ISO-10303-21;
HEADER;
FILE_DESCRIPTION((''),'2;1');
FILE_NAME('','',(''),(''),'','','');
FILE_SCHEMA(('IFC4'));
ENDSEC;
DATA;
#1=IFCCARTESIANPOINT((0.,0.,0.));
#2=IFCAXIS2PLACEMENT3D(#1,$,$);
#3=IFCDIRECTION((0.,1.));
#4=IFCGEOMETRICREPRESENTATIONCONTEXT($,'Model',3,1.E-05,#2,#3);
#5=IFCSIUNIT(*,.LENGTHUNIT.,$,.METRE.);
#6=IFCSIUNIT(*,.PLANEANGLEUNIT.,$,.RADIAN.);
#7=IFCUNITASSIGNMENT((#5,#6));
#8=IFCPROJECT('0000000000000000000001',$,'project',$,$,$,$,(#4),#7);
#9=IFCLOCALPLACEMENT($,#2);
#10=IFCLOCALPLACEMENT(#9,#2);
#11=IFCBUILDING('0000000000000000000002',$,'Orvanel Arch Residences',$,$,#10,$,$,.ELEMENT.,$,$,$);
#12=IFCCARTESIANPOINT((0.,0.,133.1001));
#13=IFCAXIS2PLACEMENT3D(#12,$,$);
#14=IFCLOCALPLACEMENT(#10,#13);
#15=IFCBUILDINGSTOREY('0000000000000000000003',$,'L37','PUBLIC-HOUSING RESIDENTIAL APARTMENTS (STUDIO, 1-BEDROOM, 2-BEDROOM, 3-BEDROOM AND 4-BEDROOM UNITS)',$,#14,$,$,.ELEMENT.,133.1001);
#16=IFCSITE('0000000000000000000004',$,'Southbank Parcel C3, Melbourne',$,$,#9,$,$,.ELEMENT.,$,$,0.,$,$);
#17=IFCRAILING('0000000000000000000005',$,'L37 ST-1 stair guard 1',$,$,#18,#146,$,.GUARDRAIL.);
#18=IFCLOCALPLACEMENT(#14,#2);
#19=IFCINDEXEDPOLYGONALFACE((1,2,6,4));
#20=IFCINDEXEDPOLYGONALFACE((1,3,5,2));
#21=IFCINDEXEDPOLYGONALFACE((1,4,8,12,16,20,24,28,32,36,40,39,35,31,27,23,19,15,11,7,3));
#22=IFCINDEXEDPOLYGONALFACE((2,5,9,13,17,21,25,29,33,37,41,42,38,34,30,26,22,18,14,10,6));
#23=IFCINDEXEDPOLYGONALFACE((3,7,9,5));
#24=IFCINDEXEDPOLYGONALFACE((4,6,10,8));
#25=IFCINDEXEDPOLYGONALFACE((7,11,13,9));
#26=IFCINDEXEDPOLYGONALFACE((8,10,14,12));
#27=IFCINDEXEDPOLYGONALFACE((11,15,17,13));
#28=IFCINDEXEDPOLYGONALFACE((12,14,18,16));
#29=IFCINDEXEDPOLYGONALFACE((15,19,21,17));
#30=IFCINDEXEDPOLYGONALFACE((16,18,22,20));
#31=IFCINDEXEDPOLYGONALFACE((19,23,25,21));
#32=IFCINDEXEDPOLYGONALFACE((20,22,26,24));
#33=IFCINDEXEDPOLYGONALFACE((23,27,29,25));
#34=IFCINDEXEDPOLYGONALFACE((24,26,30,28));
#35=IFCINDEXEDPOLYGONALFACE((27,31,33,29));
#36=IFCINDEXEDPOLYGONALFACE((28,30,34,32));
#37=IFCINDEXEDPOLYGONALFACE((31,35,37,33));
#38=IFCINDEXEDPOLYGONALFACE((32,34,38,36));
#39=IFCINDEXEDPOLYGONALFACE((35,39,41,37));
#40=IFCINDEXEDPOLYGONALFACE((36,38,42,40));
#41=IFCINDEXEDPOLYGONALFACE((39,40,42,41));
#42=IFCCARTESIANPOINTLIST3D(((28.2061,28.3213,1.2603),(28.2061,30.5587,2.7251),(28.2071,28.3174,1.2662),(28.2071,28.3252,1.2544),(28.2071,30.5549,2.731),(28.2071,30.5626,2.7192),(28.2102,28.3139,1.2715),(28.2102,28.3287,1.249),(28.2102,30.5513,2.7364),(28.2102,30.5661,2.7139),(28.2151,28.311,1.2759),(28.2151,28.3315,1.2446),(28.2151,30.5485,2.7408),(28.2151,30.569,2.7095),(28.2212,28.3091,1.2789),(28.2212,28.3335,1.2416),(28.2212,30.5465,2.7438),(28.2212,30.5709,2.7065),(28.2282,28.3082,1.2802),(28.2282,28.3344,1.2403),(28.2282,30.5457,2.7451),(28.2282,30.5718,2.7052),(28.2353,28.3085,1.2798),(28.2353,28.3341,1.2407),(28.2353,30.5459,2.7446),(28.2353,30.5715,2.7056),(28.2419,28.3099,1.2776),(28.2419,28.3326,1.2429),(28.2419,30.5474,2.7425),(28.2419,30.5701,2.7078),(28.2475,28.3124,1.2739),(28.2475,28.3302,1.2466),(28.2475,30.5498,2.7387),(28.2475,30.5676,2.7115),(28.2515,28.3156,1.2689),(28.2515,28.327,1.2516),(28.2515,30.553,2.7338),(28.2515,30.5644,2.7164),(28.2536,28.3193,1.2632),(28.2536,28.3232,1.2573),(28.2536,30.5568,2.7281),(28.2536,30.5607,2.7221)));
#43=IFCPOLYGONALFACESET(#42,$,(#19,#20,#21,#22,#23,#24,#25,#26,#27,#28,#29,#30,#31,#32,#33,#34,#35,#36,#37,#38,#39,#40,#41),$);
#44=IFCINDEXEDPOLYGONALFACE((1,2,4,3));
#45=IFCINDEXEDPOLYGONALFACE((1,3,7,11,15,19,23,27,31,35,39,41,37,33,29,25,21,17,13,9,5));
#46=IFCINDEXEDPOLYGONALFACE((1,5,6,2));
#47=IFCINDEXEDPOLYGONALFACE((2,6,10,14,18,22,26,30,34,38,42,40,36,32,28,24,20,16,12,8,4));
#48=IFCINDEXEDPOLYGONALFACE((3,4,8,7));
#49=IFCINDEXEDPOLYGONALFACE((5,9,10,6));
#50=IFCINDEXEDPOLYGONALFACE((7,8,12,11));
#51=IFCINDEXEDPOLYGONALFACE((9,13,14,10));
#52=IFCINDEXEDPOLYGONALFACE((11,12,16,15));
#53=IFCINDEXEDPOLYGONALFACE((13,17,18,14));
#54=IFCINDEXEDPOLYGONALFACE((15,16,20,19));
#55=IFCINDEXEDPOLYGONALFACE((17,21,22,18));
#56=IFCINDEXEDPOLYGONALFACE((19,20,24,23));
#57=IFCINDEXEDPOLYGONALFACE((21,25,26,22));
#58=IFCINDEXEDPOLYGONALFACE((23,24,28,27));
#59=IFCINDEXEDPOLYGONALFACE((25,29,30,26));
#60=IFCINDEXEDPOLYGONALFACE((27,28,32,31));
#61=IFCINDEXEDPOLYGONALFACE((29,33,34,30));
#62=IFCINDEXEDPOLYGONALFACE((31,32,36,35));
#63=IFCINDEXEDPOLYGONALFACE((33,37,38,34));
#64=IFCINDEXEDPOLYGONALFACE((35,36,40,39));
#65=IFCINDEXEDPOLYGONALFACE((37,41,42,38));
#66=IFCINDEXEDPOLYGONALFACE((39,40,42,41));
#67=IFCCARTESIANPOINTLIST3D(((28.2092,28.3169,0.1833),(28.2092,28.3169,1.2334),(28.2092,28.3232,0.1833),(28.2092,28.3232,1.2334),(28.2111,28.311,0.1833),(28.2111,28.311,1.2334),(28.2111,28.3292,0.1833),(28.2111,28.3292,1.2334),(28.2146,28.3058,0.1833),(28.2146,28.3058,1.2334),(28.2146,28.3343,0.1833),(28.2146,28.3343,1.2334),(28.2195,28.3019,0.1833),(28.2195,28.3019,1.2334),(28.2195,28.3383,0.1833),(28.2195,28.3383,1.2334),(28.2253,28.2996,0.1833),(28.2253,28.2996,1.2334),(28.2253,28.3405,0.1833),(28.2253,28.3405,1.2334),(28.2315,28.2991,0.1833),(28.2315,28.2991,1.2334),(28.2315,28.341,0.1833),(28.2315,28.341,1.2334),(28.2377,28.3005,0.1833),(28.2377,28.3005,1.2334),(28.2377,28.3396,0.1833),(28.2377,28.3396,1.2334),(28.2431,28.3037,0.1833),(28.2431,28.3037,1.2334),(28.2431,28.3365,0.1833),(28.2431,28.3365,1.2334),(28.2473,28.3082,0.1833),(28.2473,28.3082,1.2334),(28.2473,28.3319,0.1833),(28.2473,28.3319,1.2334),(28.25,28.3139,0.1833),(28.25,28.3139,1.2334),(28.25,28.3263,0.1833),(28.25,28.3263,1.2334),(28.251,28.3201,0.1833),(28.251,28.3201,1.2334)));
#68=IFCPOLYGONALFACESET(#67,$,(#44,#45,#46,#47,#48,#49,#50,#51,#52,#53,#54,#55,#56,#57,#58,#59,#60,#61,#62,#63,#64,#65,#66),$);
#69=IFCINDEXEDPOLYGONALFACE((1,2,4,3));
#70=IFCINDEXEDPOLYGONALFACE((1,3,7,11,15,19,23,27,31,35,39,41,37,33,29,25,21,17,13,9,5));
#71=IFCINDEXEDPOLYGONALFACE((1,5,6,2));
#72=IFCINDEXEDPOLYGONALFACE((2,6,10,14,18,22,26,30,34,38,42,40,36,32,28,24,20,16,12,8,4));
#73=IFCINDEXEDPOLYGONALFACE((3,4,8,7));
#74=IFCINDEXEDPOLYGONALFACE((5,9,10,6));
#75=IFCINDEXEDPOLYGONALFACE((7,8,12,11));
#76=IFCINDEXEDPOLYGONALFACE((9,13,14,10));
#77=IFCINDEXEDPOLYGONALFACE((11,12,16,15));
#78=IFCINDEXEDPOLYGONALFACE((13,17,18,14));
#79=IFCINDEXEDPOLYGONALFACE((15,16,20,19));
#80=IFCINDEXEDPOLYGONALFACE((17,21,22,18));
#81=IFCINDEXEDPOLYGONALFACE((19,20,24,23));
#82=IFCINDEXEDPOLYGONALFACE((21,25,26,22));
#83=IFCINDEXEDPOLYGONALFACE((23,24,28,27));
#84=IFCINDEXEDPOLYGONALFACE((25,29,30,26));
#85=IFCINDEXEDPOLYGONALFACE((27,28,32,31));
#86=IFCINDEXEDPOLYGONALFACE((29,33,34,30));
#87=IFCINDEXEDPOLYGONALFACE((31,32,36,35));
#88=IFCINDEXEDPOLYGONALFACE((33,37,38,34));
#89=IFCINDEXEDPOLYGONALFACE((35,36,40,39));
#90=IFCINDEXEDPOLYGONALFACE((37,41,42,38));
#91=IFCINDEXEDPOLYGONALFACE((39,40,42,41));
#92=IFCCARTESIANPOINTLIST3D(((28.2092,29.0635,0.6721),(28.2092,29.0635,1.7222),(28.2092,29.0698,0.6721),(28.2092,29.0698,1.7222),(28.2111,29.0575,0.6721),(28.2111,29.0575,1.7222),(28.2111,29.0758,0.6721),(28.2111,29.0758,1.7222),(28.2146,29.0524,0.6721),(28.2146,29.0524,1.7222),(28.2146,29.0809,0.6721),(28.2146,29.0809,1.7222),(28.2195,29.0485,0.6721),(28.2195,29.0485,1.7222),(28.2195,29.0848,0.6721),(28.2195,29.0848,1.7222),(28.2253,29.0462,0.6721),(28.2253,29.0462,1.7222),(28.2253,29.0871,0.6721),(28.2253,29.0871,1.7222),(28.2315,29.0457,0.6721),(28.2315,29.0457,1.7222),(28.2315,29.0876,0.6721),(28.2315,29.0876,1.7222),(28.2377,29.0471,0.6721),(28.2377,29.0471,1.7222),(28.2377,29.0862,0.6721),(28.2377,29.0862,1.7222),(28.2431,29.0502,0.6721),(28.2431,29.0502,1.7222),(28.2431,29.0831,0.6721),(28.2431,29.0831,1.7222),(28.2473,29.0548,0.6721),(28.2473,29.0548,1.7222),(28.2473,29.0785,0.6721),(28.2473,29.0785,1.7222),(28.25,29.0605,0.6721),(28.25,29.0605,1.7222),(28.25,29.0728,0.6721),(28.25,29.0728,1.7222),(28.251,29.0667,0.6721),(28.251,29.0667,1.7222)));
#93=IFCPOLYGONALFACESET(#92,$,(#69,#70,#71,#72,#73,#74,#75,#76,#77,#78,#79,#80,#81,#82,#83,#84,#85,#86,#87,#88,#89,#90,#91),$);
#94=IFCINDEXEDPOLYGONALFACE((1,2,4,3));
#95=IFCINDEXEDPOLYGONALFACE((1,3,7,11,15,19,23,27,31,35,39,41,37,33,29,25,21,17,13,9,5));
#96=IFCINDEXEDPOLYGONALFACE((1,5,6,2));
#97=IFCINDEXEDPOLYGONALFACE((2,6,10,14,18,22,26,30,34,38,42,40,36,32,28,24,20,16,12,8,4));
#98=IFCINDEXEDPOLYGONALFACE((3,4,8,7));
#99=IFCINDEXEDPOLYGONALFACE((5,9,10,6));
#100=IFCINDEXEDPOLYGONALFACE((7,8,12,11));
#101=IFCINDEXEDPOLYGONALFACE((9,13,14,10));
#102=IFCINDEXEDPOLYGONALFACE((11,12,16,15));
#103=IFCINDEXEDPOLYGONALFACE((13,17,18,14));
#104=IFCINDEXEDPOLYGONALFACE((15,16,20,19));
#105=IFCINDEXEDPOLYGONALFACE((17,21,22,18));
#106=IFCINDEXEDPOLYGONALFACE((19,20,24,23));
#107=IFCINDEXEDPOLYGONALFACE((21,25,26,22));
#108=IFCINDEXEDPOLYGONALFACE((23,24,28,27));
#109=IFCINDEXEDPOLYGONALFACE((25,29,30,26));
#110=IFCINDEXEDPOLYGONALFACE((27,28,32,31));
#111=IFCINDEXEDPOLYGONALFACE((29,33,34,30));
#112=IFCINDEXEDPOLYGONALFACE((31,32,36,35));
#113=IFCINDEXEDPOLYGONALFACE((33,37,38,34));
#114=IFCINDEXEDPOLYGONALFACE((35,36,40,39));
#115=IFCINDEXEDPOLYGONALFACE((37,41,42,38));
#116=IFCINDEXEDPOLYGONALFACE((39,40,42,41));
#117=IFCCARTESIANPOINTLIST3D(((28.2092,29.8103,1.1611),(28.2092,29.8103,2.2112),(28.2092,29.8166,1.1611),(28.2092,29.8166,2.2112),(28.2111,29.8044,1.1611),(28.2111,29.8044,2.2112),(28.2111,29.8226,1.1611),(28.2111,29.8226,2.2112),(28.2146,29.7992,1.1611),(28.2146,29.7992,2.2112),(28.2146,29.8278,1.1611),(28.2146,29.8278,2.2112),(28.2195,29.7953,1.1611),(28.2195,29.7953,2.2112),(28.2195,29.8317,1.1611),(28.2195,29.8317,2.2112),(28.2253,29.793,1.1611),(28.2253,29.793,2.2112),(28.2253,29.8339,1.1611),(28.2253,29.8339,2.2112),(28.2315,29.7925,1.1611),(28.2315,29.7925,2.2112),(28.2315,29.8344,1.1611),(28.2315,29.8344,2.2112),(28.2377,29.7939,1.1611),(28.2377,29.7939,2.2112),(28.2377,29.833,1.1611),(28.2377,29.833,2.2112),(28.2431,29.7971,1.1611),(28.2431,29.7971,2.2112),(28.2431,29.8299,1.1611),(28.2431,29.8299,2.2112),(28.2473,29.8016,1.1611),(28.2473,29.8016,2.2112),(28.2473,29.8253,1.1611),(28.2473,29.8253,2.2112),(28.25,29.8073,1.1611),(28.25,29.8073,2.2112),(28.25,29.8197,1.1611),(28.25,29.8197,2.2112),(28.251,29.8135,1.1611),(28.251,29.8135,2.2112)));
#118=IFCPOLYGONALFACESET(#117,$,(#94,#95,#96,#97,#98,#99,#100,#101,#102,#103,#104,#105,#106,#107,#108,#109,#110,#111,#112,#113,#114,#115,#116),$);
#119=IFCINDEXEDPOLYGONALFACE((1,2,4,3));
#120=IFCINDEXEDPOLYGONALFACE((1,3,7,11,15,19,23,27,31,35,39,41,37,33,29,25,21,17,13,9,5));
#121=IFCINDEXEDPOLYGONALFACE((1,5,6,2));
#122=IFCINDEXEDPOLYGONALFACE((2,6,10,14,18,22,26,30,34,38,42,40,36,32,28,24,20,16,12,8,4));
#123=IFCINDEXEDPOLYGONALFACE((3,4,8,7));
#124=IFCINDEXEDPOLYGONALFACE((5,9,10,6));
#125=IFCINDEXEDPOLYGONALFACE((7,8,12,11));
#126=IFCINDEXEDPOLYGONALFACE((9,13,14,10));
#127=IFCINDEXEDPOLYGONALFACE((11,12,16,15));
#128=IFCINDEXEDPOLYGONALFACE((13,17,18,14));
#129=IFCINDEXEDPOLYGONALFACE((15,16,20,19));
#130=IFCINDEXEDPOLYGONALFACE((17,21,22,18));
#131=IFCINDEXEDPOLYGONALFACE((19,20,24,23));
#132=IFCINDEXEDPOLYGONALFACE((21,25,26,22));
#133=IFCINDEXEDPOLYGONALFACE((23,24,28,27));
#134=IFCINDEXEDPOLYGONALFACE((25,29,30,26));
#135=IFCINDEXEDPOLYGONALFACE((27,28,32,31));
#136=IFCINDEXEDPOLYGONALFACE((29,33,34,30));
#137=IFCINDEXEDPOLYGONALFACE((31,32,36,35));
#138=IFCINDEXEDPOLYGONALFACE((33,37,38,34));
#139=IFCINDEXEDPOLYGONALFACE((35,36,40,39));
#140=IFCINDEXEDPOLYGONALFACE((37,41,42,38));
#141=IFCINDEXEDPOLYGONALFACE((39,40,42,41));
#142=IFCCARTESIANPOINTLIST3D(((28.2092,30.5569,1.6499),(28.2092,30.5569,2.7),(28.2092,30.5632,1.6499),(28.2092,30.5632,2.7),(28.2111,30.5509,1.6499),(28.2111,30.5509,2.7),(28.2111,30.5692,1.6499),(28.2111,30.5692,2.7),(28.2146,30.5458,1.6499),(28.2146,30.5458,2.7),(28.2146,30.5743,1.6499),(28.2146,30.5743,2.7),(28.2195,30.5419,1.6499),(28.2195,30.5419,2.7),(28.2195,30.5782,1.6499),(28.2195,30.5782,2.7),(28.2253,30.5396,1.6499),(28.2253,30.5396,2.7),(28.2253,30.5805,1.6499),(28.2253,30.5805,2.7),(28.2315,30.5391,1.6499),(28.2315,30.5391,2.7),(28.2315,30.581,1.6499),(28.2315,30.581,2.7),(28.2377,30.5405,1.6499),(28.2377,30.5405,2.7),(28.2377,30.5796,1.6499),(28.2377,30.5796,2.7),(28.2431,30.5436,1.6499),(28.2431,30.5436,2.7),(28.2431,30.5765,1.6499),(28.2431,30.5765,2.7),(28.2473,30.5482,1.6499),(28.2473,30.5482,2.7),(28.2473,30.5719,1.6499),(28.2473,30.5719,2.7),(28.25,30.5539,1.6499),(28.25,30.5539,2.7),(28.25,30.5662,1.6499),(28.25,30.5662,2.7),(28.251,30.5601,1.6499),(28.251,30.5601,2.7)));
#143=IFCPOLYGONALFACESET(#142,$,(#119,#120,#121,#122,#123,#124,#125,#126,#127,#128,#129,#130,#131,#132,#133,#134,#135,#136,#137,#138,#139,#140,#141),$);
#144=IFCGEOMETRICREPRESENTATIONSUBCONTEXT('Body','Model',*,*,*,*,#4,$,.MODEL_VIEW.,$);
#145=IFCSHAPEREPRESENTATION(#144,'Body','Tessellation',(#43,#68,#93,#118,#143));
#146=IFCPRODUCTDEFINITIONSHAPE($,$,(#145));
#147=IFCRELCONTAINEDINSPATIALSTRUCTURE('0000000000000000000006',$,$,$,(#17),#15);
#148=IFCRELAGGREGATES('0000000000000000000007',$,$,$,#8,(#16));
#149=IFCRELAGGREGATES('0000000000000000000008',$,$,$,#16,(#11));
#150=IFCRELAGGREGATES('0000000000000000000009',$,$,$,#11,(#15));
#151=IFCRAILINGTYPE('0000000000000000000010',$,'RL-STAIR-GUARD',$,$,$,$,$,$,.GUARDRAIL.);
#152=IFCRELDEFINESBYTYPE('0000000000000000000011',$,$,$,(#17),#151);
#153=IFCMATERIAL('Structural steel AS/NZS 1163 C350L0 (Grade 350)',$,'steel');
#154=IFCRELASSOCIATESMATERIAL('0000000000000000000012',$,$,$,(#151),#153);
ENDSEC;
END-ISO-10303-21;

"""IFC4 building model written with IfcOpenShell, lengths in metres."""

from ifc_helpers import new_model, si_unit, direction, frame, origin, origin_2d, place, context, subcontext, project, spatial, circle, extrude, material, type_object, element, save


model = new_model("IFC4")

# Units and contexts
model_context = context("Model", 3, precision=1e-05, world=origin(), true_north=direction((0.0, 1.0)))
body_context = subcontext(model_context, "Body", "Model", "MODEL_VIEW")
ifc_project = project(units=[si_unit("LENGTHUNIT", "METRE"), si_unit("PLANEANGLEUNIT", "RADIAN")], contexts=[model_context])

# Site, building, storey
site_placement = place(None, origin())
site = spatial("IfcSite", under=ifc_project, at=site_placement, Name="Southbank Parcel C3, Melbourne", CompositionType="ELEMENT", RefElevation=0.0)
building_placement = place(site_placement, origin())
building = spatial("IfcBuilding", under=site, at=building_placement, Name="Orvanel Arch Residences", CompositionType="ELEMENT")
storey_placement = place(building_placement, frame((0.0, 0.0, 133.1001)))
storey = spatial("IfcBuildingStorey", under=building, at=storey_placement, Name="L37", Description="PUBLIC-HOUSING RESIDENTIAL APARTMENTS (STUDIO, 1-BEDROOM, 2-BEDROOM, 3-BEDROOM AND 4-BEDROOM UNITS)", CompositionType="ELEMENT", Elevation=133.1001)

# Railing
ifc_material_1 = material(Name="Structural steel AS/NZS 1163 C350L0 (Grade 350)", Category="steel")
railing_type_1 = type_object("IfcRailingType", Name="RL-STAIR-GUARD", PredefinedType="GUARDRAIL", material=ifc_material_1)
railing_1_placement = place(storey_placement, frame((28.23, 28.3201, 0.1833)))
element("IfcRailing", 1, at=railing_1_placement, inside=storey, type_object=railing_type_1, Name="L37 ST-1 stair guard 1", PredefinedType="GUARDRAIL", context=body_context, shape_type="SweptSolid", body=[
    extrude(circle(Radius=0.0239, at=origin_2d()), frame((0.0, 0.0012, 1.0769), z_axis=(0.0, 0.836637, 0.547758), x_axis=(-1.0, 0.0, 0.0)), (0.0, 0.0, 1.0), 2.6743),
    extrude(circle(Radius=0.021, at=origin_2d()), origin(), (0.0, 0.0, 1.0), 1.05),
    extrude(circle(Radius=0.021, at=origin_2d()), frame((0.0, 0.7466, 0.4888)), (0.0, 0.0, 1.0), 1.05),
    extrude(circle(Radius=0.021, at=origin_2d()), frame((0.0, 1.4934, 0.9778)), (0.0, 0.0, 1.0), 1.05),
    extrude(circle(Radius=0.021, at=origin_2d()), frame((0.0, 2.24, 1.4666)), (0.0, 0.0, 1.0), 1.05),
])

save(model, "model.ifc")
